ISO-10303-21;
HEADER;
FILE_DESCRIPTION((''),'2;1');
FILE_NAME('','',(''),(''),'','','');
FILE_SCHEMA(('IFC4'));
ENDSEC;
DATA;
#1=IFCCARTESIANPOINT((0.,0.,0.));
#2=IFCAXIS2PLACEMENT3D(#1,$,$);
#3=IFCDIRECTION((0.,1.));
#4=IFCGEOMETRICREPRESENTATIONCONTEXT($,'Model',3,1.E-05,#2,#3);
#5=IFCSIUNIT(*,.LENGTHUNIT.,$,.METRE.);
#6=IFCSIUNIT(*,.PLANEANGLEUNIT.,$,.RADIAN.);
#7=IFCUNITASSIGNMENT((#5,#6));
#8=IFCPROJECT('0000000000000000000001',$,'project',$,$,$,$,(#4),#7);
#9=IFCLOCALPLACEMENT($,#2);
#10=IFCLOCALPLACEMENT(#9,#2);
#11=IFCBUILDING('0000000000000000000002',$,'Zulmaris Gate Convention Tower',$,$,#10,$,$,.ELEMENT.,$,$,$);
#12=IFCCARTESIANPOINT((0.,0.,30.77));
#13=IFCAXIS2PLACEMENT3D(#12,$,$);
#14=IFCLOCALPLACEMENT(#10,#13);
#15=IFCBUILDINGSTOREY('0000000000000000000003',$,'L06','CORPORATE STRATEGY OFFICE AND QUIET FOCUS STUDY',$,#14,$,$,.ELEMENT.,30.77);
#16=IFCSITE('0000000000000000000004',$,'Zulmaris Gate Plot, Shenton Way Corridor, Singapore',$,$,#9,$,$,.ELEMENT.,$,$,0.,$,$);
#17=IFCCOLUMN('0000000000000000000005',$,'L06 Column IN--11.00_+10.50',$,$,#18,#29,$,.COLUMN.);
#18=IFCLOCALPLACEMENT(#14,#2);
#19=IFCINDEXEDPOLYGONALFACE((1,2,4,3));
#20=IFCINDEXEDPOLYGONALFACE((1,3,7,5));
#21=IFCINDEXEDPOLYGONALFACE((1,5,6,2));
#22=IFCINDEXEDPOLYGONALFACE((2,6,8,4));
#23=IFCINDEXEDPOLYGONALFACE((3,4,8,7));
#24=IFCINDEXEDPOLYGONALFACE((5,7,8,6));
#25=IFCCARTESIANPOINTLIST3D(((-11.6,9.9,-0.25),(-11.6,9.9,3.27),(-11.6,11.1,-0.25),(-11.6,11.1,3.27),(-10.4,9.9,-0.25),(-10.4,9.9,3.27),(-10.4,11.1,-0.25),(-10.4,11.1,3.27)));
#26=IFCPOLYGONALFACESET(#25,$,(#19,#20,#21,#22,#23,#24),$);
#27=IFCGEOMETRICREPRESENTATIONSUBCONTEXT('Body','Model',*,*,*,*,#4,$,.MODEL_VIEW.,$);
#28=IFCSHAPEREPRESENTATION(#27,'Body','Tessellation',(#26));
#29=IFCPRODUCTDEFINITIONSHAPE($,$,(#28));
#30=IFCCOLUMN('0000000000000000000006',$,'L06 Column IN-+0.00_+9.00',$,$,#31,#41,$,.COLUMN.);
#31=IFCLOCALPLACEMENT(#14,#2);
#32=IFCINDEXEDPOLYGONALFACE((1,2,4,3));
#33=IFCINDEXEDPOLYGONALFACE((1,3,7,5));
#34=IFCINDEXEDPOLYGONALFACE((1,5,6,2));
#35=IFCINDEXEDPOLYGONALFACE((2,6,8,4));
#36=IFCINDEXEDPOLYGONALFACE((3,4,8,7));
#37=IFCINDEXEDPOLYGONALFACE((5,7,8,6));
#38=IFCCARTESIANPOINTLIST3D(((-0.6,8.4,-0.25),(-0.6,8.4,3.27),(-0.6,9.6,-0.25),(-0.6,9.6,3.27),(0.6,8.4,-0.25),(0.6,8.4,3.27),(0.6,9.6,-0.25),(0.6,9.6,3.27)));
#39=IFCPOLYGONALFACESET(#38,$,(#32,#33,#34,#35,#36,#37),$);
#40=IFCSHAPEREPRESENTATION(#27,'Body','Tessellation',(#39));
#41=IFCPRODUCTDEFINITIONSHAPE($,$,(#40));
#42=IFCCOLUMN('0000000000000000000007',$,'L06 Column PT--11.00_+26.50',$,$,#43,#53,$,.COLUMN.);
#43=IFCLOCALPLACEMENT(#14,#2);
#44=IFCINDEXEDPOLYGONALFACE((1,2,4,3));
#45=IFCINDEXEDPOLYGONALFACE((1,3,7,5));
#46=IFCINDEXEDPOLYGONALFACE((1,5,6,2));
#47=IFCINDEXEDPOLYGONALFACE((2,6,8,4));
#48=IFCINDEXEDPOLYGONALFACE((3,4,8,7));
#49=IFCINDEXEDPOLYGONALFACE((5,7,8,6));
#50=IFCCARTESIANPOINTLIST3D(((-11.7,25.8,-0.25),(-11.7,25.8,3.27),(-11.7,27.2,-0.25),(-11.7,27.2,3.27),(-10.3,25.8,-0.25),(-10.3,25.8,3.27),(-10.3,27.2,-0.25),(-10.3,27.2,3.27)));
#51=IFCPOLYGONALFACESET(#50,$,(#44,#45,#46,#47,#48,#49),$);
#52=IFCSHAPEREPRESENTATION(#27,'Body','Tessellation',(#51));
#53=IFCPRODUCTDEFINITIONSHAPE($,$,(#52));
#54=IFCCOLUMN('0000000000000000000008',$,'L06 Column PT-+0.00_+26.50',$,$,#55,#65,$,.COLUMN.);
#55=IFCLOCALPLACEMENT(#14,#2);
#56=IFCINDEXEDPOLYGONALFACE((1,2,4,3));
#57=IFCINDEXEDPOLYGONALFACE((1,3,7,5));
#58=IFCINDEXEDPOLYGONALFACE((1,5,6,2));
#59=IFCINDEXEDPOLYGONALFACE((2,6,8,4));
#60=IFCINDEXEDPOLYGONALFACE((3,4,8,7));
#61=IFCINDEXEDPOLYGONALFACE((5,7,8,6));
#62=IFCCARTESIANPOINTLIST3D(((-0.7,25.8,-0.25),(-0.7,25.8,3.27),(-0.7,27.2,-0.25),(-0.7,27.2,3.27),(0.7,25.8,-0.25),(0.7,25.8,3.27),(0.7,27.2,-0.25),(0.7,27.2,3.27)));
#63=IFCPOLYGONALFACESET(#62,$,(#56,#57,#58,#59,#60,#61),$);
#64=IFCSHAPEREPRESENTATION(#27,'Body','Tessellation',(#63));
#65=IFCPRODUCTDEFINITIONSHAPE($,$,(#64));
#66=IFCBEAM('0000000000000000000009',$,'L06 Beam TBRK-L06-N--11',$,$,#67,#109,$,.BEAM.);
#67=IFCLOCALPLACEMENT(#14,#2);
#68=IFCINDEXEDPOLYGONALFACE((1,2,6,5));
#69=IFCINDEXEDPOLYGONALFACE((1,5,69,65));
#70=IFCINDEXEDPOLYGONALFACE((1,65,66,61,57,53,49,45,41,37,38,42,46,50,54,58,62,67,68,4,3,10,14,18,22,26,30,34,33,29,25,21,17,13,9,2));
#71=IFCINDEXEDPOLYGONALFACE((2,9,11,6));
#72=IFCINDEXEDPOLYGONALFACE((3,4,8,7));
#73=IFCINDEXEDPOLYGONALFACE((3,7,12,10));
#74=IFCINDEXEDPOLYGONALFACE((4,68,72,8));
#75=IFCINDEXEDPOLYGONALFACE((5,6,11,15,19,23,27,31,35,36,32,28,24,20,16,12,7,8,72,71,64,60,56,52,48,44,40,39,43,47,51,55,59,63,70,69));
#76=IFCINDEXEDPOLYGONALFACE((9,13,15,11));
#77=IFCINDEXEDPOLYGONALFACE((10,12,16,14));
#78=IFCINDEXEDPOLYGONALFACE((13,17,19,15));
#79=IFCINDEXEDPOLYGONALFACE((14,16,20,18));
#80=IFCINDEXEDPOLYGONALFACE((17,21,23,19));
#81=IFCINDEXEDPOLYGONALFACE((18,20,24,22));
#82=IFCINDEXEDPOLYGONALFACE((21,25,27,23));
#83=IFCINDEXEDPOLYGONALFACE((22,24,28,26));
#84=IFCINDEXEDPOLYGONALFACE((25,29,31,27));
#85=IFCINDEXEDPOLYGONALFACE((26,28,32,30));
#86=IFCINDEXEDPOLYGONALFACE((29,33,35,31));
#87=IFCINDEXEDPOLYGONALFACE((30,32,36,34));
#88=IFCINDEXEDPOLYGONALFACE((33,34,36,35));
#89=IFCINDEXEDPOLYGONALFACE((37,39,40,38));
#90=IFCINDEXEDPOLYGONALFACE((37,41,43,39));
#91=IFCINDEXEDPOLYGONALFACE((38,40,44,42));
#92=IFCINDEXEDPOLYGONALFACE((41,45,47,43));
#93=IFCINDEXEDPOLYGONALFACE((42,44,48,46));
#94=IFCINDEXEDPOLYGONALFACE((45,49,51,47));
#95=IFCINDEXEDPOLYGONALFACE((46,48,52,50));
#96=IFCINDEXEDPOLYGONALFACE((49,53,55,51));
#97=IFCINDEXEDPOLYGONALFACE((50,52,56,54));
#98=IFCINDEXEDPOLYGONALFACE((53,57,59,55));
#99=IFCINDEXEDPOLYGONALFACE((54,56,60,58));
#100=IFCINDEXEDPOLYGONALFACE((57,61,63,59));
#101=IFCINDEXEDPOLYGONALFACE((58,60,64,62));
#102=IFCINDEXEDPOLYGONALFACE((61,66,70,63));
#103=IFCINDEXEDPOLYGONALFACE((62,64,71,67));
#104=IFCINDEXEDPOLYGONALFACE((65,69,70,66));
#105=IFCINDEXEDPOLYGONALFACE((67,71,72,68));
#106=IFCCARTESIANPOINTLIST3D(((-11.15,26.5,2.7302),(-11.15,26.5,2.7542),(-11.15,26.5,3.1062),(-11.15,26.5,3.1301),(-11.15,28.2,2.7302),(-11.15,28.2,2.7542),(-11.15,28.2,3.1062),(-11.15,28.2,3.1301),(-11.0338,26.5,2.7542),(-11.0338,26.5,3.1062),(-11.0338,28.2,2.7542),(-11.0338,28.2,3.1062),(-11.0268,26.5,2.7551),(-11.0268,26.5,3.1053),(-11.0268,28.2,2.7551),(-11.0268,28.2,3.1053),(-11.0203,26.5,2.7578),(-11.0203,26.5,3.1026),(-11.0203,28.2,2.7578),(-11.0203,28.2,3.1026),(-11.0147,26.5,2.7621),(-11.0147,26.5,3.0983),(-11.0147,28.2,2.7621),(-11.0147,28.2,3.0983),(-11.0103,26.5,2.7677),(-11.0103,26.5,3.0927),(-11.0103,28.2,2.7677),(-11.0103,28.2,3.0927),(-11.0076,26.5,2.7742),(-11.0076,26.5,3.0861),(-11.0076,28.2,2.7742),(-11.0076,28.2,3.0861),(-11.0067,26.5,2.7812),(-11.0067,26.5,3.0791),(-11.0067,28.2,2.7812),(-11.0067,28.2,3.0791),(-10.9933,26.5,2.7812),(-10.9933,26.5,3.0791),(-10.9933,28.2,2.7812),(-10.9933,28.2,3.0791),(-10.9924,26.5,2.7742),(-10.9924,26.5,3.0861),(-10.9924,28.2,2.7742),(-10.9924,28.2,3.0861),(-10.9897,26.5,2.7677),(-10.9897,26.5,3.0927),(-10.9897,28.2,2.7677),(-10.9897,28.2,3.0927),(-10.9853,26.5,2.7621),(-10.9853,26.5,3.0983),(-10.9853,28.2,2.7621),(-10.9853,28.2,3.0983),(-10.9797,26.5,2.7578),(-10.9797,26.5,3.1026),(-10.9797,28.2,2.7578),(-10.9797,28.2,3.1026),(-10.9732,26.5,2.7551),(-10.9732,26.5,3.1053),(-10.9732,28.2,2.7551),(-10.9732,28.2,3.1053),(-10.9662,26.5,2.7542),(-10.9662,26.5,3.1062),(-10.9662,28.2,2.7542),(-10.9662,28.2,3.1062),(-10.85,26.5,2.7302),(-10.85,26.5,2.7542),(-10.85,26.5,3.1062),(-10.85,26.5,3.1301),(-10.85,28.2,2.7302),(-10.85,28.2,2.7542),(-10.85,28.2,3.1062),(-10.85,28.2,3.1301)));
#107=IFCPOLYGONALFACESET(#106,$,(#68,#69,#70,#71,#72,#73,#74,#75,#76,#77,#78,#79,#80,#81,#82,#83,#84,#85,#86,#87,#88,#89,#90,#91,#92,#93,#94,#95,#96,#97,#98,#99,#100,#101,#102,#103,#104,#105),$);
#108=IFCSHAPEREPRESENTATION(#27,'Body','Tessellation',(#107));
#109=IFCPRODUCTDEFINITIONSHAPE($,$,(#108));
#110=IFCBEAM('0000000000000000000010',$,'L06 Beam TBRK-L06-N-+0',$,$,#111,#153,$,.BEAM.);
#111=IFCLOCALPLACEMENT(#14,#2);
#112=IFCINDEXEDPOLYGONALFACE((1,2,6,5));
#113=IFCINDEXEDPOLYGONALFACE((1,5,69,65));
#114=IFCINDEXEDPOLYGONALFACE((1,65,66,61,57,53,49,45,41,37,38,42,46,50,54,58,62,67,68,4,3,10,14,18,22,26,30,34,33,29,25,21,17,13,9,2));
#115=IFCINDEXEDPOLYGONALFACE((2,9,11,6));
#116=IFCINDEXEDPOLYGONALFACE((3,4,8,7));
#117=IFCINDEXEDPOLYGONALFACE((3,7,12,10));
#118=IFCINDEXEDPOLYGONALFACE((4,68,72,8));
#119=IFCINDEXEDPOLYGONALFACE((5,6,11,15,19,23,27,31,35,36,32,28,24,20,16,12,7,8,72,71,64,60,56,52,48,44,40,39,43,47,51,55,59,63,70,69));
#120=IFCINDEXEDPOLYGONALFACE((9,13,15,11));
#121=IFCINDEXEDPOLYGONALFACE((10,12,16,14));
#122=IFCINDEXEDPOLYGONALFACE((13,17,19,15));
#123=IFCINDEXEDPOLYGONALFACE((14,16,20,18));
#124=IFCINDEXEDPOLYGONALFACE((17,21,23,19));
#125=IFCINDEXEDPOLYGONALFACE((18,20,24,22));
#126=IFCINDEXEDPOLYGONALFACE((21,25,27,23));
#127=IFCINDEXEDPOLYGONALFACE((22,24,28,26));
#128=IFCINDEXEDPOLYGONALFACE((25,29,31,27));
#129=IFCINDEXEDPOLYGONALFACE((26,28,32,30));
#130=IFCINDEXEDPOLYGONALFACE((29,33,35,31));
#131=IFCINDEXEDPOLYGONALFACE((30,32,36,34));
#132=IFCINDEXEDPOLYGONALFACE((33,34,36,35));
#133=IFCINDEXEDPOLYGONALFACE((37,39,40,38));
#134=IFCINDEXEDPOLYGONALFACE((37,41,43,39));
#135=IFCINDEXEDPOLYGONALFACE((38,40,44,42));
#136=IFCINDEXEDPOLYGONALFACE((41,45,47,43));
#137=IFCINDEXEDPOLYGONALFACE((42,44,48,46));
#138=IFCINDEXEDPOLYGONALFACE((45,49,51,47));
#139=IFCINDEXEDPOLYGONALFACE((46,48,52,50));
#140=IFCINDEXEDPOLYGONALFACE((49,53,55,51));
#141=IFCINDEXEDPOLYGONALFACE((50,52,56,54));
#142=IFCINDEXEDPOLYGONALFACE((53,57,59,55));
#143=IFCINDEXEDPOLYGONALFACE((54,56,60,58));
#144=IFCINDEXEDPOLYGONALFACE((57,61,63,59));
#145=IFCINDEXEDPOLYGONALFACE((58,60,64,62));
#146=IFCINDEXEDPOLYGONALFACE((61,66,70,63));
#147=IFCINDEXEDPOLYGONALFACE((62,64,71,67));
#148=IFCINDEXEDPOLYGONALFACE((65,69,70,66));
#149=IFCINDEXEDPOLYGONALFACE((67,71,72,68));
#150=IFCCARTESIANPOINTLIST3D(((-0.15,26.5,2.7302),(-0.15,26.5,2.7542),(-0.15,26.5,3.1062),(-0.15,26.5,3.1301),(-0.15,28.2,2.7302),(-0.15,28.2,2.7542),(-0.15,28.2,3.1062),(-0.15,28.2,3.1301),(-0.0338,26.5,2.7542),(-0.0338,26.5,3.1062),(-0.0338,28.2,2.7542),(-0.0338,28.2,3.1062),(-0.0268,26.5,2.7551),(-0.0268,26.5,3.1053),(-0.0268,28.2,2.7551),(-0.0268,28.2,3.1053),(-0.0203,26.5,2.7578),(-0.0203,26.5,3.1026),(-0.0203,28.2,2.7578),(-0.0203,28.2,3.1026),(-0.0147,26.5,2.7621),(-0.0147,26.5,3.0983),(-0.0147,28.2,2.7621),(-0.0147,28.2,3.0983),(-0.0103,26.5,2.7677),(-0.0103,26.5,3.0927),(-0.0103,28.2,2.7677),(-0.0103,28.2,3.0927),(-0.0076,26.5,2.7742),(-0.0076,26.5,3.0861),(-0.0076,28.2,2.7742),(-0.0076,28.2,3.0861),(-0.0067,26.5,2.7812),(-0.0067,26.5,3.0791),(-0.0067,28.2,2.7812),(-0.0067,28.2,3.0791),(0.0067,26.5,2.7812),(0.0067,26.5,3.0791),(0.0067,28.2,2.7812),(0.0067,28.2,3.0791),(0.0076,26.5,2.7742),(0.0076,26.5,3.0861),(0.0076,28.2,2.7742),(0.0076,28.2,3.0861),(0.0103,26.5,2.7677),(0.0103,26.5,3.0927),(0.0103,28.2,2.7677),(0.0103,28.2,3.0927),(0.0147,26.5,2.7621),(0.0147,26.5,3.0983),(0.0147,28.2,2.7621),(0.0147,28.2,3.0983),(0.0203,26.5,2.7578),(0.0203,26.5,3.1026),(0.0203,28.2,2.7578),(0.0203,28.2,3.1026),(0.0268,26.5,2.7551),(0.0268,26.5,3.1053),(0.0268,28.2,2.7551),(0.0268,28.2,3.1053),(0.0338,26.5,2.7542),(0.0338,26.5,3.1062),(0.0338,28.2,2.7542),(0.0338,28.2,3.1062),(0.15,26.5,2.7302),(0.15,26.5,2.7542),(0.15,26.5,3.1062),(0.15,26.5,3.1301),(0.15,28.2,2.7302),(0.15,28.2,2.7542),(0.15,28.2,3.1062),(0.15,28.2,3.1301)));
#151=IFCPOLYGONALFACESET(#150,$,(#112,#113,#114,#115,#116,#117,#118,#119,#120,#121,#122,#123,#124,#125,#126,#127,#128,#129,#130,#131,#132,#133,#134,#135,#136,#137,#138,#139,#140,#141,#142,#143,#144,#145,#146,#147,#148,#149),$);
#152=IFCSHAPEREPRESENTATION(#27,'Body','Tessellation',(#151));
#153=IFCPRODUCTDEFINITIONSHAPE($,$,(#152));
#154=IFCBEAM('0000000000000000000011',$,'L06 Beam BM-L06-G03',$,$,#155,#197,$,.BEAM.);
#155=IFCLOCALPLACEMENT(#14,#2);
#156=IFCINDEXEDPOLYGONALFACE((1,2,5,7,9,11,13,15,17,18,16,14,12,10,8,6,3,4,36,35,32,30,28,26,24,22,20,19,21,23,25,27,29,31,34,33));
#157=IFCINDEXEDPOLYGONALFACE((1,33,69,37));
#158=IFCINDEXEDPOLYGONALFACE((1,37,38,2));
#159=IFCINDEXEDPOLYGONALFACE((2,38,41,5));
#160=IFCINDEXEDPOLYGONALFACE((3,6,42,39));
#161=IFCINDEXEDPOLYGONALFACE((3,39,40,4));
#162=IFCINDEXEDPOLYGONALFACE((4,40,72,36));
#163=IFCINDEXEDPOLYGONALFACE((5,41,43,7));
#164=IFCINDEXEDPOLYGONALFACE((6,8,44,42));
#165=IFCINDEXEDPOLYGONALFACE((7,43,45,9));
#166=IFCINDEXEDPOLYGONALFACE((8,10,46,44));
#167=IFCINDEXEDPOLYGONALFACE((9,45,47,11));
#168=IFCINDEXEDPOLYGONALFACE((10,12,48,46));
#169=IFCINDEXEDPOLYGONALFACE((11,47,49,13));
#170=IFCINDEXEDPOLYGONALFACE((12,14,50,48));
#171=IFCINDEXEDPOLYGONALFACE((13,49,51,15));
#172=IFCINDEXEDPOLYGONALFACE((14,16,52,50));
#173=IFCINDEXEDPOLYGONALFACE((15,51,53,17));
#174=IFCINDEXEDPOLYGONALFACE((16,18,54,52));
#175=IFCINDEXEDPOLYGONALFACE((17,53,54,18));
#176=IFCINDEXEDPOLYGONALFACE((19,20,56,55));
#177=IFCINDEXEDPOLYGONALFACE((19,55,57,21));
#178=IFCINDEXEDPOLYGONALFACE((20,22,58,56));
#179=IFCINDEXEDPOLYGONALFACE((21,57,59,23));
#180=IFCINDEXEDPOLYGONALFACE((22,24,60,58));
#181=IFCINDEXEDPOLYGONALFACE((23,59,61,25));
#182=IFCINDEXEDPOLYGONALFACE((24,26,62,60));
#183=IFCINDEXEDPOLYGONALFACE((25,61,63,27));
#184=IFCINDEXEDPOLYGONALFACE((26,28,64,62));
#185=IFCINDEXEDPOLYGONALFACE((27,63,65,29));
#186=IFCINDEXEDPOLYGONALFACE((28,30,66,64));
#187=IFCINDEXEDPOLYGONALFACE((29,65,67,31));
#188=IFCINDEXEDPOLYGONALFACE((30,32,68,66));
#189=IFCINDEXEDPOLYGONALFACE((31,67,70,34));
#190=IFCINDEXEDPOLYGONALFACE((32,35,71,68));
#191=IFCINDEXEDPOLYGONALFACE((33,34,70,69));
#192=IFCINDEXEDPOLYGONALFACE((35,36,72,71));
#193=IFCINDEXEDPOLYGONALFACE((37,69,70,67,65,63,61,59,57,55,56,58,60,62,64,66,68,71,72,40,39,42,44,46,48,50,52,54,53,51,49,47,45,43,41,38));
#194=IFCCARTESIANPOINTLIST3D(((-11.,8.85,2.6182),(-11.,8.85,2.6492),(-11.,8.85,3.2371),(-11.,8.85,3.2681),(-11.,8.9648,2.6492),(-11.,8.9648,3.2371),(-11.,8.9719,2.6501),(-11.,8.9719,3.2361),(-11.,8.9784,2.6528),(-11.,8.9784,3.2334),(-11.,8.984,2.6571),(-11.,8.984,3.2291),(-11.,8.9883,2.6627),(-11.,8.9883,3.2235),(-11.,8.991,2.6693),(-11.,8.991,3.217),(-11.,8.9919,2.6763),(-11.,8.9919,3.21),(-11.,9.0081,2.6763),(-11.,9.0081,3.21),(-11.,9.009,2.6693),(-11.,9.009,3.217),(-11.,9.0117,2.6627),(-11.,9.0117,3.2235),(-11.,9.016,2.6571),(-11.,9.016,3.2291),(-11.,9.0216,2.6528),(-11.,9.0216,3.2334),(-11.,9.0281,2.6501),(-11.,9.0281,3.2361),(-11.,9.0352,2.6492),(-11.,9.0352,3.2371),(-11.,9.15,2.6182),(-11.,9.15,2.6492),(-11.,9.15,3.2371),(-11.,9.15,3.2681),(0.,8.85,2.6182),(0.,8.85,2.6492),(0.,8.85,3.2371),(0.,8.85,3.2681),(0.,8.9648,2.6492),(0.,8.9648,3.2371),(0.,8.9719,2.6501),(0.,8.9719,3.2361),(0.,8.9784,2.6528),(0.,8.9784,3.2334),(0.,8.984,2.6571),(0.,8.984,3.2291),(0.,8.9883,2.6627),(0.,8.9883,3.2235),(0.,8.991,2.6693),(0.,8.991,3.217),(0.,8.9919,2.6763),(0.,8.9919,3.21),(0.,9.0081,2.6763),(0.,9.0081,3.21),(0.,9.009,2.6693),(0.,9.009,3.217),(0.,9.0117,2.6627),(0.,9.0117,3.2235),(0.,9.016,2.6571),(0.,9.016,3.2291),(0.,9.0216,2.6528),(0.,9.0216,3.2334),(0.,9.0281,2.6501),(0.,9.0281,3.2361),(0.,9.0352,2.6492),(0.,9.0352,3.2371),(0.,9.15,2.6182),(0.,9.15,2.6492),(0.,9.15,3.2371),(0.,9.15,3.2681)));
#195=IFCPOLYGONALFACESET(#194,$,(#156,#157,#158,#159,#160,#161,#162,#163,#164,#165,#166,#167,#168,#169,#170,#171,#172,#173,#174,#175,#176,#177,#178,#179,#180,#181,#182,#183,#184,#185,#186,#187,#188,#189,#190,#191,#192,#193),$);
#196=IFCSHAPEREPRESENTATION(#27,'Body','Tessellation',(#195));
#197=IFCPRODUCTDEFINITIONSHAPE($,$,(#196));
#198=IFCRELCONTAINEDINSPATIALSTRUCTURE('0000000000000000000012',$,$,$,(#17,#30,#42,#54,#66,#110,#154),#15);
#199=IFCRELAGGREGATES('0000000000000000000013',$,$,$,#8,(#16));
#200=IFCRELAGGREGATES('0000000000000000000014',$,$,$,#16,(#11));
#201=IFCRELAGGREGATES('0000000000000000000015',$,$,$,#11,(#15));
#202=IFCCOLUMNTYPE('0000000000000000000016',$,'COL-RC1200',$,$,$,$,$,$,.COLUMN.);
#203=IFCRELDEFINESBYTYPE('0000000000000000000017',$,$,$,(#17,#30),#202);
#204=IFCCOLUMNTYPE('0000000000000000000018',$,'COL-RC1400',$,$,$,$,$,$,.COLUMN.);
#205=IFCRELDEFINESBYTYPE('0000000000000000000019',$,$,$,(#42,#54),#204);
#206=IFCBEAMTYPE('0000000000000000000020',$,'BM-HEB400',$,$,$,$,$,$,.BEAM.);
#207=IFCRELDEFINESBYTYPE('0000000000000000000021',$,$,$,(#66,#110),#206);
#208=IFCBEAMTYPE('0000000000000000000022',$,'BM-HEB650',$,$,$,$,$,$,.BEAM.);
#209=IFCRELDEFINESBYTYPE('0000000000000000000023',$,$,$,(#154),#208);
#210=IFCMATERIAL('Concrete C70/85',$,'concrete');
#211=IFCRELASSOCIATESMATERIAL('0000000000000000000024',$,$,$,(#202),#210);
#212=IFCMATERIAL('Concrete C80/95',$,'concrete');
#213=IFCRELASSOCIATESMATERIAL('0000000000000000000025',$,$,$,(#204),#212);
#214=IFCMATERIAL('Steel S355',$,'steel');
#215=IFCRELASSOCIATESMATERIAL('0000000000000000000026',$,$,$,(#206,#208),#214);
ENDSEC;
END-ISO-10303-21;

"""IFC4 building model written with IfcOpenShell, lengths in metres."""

from ifc_helpers import new_model, si_unit, direction, frame, origin, origin_2d, place, context, subcontext, project, spatial, rectangle, i_section, extrude, material, material_profile, profile_set, type_object, element, save


model = new_model("IFC4")

# Units and contexts
model_context = context("Model", 3, precision=1e-05, world=origin(), true_north=direction((0.0, 1.0)))
body_context = subcontext(model_context, "Body", "Model", "MODEL_VIEW")
ifc_project = project(units=[si_unit("LENGTHUNIT", "METRE"), si_unit("PLANEANGLEUNIT", "RADIAN")], contexts=[model_context])

# Site, building, storey
site_placement = place(None, origin())
site = spatial("IfcSite", under=ifc_project, at=site_placement, Name="Zulmaris Gate Plot, Shenton Way Corridor, Singapore", CompositionType="ELEMENT", RefElevation=0.0)
building_placement = place(site_placement, origin())
building = spatial("IfcBuilding", under=site, at=building_placement, Name="Zulmaris Gate Convention Tower", CompositionType="ELEMENT")
storey_placement = place(building_placement, frame((0.0, 0.0, 30.77)))
storey = spatial("IfcBuildingStorey", under=building, at=storey_placement, Name="L06", Description="CORPORATE STRATEGY OFFICE AND QUIET FOCUS STUDY", CompositionType="ELEMENT", Elevation=30.77)

# Columns
ifc_material_1 = material(Name="Concrete C70/85", Category="concrete")
ifc_material_profile_1 = material_profile(ifc_material_1, rectangle(XDim=1.2, YDim=1.2, at=origin_2d()), Name="RC COL 1200x1200")
ifc_profile_set_1 = profile_set([ifc_material_profile_1], Name="Concrete C70/85")
column_type_1 = type_object("IfcColumnType", Name="COL-RC1200", PredefinedType="COLUMN", material=ifc_profile_set_1)
for number, where, z_axis, x_axis, name in (
    (1, (-11.0, 10.5, -0.25), (0.0, 0.0, 1.0), (1.0, 0.0, 0.0), "L06 Column IN--11.00_+10.50"),
    (2, (0.0, 9.0, -0.25), (0.0, 0.0, 1.0), (1.0, 0.0, 0.0), "L06 Column IN-+0.00_+9.00"),
):
    element("IfcColumn", number, at=place(storey_placement, frame(where, z_axis=z_axis, x_axis=x_axis)), inside=storey, type_object=column_type_1, Name=name, PredefinedType="COLUMN", context=body_context, shape_type="SweptSolid", body=[
        extrude(rectangle(XDim=1.2, YDim=1.2, at=origin_2d()), origin(), (0.0, 0.0, 1.0), 3.52),
    ])
ifc_material_2 = material(Name="Concrete C80/95", Category="concrete")
ifc_material_profile_2 = material_profile(ifc_material_2, rectangle(XDim=1.3999, YDim=1.3999, at=origin_2d()), Name="RC COL 1400x1400")
ifc_profile_set_2 = profile_set([ifc_material_profile_2], Name="Concrete C80/95")
column_type_2 = type_object("IfcColumnType", Name="COL-RC1400", PredefinedType="COLUMN", material=ifc_profile_set_2)
for number, where, z_axis, x_axis, name in (
    (3, (-11.0, 26.5, -0.25), (0.0, 0.0, 1.0), (1.0, 0.0, 0.0), "L06 Column PT--11.00_+26.50"),
    (4, (0.0, 26.5, -0.25), (0.0, 0.0, 1.0), (1.0, 0.0, 0.0), "L06 Column PT-+0.00_+26.50"),
):
    element("IfcColumn", number, at=place(storey_placement, frame(where, z_axis=z_axis, x_axis=x_axis)), inside=storey, type_object=column_type_2, Name=name, PredefinedType="COLUMN", context=body_context, shape_type="SweptSolid", body=[
        extrude(rectangle(XDim=1.3999, YDim=1.3999, at=origin_2d()), origin(), (0.0, 0.0, 1.0), 3.52),
    ])

# Beams
ifc_material_3 = material(Name="Steel S355", Category="steel")
ifc_material_profile_3 = material_profile(ifc_material_3, i_section(OverallWidth=0.3, OverallDepth=0.3999, WebThickness=0.0134, FlangeThickness=0.0239, FilletRadius=0.0271, at=origin_2d()), Name="HEB 400")
ifc_profile_set_3 = profile_set([ifc_material_profile_3], Name="Steel S355")
beam_type_1 = type_object("IfcBeamType", Name="BM-HEB400", PredefinedType="BEAM", material=ifc_profile_set_3)
for number, where, z_axis, x_axis, name in (
    (5, (-11.0, 26.5, 2.9302), (0.0, 1.0, 0.0), (-1.0, 0.0, 0.0), "L06 Beam TBRK-L06-N--11"),
    (6, (0.0, 26.5, 2.9302), (0.0, 1.0, 0.0), (-1.0, 0.0, 0.0), "L06 Beam TBRK-L06-N-+0"),
):
    element("IfcBeam", number, at=place(storey_placement, frame(where, z_axis=z_axis, x_axis=x_axis)), inside=storey, type_object=beam_type_1, Name=name, PredefinedType="BEAM", context=body_context, shape_type="SweptSolid", body=[
        extrude(i_section(OverallWidth=0.3, OverallDepth=0.3999, WebThickness=0.0134, FlangeThickness=0.0239, FilletRadius=0.0271, at=origin_2d()), origin(), (0.0, 0.0, 1.0), 1.7),
    ])
ifc_material_profile_4 = material_profile(ifc_material_3, i_section(OverallWidth=0.3, OverallDepth=0.6499, WebThickness=0.0161, FlangeThickness=0.031, FilletRadius=0.0271, at=origin_2d()), Name="HEB 650")
ifc_profile_set_4 = profile_set([ifc_material_profile_4], Name="Steel S355")
beam_type_2 = type_object("IfcBeamType", Name="BM-HEB650", PredefinedType="BEAM", material=ifc_profile_set_4)
for number, where, z_axis, x_axis, name in (
    (7, (-11.0, 9.0, 2.9431), (1.0, 0.0, 0.0), (0.0, 1.0, 0.0), "L06 Beam BM-L06-G03"),
):
    element("IfcBeam", number, at=place(storey_placement, frame(where, z_axis=z_axis, x_axis=x_axis)), inside=storey, type_object=beam_type_2, Name=name, PredefinedType="BEAM", context=body_context, shape_type="SweptSolid", body=[
        extrude(i_section(OverallWidth=0.3, OverallDepth=0.6499, WebThickness=0.0161, FlangeThickness=0.031, FilletRadius=0.0271, at=origin_2d()), origin(), (0.0, 0.0, 1.0), 11.0),
    ])

save(model, "model.ifc")
